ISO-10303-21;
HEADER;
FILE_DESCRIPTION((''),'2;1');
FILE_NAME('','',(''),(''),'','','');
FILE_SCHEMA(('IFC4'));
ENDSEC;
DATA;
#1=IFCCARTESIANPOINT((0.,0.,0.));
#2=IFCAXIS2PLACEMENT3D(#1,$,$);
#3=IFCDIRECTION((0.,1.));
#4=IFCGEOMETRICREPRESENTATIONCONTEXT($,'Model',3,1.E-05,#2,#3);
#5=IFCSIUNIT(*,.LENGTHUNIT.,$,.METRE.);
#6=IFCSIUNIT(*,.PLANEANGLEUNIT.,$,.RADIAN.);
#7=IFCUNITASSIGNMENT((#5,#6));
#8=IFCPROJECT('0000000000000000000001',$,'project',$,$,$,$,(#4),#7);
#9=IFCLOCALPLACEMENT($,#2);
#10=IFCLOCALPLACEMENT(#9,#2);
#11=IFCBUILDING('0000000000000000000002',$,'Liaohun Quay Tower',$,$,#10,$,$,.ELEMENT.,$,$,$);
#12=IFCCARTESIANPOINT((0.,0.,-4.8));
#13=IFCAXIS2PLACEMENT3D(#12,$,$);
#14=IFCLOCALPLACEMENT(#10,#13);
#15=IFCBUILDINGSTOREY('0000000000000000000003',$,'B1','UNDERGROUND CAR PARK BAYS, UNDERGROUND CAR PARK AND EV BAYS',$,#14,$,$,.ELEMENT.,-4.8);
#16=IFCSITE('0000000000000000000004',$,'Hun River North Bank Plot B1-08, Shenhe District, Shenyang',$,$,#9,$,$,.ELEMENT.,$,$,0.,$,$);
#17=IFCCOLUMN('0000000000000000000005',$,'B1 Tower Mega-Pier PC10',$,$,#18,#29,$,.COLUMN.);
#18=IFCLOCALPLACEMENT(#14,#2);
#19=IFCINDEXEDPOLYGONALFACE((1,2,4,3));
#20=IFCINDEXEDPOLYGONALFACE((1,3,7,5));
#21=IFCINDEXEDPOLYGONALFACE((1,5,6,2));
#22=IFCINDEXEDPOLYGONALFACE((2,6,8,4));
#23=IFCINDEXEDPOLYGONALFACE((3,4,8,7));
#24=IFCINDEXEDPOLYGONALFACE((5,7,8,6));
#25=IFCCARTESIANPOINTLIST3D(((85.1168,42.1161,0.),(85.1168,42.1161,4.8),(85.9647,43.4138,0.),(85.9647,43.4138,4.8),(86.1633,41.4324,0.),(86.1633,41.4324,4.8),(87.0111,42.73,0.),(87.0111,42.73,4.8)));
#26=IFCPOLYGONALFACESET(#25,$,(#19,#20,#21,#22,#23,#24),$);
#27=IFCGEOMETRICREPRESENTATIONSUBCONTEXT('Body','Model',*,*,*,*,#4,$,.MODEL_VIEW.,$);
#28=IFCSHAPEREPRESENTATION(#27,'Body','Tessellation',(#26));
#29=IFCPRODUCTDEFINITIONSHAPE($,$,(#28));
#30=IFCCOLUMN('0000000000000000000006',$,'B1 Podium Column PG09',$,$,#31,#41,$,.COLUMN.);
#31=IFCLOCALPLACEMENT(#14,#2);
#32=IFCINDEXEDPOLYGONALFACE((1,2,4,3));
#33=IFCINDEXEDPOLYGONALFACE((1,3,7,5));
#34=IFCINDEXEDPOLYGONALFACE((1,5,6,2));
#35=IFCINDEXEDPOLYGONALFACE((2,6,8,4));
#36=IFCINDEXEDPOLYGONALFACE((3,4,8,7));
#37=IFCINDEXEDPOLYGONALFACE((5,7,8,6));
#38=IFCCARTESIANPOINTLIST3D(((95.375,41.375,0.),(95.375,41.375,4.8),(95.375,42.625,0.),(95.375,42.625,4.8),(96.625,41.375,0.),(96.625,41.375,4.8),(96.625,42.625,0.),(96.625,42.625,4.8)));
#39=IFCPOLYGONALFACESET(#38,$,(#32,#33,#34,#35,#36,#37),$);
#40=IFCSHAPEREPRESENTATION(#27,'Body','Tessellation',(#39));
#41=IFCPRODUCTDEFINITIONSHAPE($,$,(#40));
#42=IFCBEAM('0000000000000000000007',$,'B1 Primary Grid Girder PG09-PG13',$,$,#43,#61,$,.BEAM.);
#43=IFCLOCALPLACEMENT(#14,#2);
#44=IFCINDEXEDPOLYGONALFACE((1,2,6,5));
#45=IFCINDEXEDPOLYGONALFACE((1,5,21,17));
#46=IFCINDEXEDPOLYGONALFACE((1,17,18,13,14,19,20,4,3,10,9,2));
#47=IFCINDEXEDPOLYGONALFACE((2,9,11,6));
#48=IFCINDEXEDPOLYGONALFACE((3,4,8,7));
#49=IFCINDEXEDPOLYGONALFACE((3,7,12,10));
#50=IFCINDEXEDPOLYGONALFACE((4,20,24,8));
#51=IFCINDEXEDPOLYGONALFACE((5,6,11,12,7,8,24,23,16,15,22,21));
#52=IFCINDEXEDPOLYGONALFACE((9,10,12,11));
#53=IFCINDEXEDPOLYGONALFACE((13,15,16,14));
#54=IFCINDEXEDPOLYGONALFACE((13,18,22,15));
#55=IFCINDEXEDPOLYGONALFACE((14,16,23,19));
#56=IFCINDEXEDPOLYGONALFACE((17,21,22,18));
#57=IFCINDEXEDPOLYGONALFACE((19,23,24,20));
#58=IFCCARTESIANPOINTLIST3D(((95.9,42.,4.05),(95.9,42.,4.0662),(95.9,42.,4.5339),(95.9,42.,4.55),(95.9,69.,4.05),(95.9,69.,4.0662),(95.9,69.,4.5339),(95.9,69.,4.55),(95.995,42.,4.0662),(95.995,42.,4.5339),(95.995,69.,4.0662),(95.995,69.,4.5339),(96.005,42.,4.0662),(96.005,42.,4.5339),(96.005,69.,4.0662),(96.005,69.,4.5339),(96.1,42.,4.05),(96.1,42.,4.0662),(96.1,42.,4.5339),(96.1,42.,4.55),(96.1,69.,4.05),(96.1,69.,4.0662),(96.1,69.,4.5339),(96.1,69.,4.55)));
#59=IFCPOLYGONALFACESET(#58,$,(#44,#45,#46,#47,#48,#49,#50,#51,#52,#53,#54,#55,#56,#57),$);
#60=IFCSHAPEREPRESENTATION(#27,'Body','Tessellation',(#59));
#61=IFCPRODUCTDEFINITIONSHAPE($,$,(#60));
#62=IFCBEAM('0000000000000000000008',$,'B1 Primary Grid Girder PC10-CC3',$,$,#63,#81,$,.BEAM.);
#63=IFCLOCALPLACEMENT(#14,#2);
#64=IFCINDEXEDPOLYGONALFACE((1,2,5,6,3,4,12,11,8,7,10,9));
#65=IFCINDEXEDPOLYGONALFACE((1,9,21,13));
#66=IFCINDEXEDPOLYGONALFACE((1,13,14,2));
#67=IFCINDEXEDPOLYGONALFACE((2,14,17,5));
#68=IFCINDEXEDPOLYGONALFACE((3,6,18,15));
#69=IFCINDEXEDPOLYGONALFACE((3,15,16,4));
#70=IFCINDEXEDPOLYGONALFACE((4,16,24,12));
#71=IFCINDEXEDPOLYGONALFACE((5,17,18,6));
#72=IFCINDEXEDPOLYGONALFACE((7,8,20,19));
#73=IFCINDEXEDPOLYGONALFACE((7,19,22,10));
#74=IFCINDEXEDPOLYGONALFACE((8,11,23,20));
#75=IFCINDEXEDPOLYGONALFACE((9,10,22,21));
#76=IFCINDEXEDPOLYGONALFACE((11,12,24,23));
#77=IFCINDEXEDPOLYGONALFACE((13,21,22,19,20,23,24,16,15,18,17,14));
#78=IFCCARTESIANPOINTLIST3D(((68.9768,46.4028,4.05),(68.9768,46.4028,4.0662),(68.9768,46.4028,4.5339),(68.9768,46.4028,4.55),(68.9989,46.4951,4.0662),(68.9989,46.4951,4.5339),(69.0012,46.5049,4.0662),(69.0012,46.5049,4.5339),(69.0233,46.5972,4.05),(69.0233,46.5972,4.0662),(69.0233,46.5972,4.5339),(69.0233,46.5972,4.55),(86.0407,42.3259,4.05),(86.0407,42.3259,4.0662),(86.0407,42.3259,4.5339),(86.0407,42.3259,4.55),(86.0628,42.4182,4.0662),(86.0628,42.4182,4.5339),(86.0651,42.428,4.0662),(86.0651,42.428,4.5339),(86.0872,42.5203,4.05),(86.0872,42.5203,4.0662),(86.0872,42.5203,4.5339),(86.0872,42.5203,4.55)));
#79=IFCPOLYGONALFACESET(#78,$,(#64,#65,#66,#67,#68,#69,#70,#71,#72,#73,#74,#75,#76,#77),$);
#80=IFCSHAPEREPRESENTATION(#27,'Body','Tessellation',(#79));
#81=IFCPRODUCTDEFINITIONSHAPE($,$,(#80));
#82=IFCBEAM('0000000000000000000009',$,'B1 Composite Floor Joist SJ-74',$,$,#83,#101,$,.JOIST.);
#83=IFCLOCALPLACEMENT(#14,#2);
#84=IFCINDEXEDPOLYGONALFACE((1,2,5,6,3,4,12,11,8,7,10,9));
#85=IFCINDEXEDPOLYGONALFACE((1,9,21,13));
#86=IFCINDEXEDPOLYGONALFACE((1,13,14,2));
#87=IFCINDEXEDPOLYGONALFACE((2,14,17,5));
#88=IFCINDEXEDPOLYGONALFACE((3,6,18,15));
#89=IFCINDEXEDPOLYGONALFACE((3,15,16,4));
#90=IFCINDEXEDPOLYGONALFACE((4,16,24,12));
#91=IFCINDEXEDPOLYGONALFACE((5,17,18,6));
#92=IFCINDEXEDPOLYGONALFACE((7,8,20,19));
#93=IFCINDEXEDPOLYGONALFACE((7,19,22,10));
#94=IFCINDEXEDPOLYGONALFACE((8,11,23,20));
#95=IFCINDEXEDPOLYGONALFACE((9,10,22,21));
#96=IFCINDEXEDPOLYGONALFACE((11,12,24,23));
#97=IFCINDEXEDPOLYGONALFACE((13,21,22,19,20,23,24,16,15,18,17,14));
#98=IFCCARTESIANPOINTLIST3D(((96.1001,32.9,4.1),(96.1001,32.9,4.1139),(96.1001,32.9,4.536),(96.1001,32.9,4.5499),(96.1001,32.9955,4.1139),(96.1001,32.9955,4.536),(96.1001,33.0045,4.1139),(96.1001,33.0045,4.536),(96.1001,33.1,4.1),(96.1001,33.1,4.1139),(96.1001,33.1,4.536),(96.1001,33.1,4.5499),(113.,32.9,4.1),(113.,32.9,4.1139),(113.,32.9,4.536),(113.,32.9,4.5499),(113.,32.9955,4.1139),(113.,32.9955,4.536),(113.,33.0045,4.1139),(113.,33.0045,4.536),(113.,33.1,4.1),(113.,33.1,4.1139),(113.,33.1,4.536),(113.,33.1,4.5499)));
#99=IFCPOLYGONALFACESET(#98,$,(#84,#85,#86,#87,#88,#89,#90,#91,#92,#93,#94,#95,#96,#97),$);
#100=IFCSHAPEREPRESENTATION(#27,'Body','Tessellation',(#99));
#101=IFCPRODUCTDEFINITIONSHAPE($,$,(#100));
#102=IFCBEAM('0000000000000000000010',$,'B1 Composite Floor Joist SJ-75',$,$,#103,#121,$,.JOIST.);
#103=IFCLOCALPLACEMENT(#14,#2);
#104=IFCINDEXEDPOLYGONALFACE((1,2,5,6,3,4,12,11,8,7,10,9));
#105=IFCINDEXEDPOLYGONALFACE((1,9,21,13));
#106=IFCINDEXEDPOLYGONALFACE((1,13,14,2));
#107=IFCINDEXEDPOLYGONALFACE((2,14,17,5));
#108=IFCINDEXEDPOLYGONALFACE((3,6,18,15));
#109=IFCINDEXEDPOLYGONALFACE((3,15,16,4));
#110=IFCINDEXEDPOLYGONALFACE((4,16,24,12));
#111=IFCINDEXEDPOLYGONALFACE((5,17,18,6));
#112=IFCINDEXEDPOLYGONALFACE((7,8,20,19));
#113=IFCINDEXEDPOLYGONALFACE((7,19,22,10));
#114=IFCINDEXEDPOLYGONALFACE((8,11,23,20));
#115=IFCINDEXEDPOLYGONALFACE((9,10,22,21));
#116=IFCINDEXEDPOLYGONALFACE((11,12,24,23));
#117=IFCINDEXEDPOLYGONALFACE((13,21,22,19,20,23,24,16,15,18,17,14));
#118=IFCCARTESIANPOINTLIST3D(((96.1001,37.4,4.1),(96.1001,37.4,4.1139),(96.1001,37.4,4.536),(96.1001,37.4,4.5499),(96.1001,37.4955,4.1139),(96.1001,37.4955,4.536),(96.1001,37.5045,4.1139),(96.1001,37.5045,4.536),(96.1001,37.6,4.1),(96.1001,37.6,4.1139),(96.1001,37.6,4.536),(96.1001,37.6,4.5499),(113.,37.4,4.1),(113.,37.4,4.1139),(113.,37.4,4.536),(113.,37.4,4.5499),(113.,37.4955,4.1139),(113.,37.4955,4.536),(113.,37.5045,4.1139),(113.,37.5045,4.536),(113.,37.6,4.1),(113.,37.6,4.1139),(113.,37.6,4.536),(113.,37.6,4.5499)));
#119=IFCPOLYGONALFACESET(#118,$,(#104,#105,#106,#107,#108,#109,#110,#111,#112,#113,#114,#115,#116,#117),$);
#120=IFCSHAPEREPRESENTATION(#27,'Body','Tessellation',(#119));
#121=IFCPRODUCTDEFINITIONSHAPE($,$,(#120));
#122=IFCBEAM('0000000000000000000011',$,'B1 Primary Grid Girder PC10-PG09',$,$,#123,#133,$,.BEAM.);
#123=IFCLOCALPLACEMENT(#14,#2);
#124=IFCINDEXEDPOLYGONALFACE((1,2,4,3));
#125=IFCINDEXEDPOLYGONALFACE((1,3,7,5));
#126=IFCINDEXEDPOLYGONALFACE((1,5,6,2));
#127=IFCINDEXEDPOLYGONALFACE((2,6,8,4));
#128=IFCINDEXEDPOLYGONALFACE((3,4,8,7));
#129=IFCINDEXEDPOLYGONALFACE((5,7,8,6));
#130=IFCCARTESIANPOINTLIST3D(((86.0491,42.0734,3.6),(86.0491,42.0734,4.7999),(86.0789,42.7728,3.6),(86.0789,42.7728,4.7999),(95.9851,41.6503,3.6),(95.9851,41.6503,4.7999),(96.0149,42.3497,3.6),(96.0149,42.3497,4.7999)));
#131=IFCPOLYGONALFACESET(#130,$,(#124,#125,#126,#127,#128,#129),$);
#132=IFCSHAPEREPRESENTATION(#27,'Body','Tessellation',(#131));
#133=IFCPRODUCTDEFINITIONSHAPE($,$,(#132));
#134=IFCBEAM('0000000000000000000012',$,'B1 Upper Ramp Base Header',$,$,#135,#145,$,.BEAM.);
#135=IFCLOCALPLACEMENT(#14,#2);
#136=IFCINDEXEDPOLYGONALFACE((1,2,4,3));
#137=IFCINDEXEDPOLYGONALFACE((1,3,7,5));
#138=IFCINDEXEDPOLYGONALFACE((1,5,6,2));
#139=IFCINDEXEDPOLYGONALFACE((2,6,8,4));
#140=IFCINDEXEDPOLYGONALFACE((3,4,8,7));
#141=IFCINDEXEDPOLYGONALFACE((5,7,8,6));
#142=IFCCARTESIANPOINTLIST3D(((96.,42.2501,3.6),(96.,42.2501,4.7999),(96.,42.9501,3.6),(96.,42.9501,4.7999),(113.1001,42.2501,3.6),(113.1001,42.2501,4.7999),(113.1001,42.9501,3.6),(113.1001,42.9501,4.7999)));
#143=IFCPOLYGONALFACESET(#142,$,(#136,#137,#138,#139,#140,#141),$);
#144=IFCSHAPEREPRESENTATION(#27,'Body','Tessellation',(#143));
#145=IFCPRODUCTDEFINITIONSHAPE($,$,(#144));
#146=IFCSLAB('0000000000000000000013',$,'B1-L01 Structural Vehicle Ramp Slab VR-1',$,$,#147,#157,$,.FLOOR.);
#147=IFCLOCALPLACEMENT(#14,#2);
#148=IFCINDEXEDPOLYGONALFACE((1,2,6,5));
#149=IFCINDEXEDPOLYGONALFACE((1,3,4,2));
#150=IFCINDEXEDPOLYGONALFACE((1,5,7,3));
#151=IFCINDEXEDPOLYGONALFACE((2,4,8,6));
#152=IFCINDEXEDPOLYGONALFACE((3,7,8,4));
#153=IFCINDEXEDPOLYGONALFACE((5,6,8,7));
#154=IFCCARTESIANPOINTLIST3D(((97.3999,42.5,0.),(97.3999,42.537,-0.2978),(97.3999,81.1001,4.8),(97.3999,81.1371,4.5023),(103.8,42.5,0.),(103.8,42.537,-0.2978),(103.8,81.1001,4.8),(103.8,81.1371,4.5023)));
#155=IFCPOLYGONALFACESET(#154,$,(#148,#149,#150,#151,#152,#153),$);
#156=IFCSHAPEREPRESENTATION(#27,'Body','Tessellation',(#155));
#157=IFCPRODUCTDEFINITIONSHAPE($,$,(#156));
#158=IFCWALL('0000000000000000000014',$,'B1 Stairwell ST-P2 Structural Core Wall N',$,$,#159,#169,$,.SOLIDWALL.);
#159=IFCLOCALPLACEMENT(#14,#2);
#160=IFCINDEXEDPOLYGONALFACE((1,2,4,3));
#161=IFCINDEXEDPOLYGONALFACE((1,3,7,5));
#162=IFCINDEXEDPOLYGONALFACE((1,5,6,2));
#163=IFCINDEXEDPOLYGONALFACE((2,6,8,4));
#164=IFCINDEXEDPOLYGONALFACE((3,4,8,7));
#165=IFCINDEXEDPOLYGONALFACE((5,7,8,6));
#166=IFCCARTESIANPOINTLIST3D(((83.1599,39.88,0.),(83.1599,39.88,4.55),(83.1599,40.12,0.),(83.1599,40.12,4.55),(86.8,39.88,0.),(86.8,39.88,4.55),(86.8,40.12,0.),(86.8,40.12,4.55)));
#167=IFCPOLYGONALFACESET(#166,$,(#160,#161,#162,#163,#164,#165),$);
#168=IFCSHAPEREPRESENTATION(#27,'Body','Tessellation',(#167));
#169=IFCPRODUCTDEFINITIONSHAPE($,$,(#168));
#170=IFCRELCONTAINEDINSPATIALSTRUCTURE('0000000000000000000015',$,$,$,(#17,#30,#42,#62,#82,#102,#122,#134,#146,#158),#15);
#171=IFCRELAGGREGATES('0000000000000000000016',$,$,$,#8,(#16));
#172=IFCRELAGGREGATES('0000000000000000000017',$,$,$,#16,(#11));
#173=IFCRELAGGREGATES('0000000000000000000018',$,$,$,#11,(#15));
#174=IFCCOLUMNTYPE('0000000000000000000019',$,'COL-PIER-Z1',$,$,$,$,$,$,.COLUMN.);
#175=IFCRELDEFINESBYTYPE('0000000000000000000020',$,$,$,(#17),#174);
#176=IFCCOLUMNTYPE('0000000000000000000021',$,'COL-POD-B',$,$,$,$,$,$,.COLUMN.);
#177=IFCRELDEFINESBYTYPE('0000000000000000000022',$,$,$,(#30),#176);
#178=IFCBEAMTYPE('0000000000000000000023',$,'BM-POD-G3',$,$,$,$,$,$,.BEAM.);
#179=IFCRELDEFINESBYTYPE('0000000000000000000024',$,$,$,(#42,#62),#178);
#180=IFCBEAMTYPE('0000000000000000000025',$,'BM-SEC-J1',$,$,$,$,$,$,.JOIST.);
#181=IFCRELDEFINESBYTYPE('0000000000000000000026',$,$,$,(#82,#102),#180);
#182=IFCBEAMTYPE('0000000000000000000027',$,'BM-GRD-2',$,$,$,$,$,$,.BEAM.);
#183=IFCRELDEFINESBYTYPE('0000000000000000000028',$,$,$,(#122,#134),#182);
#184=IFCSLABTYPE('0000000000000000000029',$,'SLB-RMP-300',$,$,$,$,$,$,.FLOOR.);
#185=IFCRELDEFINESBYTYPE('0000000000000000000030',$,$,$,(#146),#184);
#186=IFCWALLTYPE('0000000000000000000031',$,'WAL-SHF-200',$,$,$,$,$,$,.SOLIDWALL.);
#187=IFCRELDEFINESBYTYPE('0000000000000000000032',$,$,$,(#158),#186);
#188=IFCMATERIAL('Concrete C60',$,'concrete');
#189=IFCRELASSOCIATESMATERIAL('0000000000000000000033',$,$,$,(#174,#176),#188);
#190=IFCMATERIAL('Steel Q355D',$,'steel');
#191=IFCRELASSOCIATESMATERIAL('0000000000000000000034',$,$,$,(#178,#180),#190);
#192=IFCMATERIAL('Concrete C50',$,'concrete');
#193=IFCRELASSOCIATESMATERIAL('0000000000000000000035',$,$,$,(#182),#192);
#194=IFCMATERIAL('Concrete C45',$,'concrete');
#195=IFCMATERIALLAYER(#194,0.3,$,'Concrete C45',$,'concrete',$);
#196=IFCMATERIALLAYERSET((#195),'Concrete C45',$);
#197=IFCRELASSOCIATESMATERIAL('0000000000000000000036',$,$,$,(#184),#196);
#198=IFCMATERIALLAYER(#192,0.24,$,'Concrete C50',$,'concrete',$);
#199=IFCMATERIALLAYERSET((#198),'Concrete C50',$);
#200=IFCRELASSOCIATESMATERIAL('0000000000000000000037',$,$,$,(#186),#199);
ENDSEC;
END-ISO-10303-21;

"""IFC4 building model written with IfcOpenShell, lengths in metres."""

from ifc_helpers import new_model, si_unit, direction, frame, frame_2d, origin, origin_2d, place, context, subcontext, project, spatial, polyline, rectangle, i_section, outline, extrude, source, transform, mapped, material, layer, layer_set, material_profile, profile_set, type_object, element, save


model = new_model("IFC4")

# Units and contexts
model_context = context("Model", 3, precision=1e-05, world=origin(), true_north=direction((0.0, 1.0)))
body_context = subcontext(model_context, "Body", "Model", "MODEL_VIEW")
ifc_project = project(units=[si_unit("LENGTHUNIT", "METRE"), si_unit("PLANEANGLEUNIT", "RADIAN")], contexts=[model_context])

# Site, building, storey
site_placement = place(None, origin())
site = spatial("IfcSite", under=ifc_project, at=site_placement, Name="Hun River North Bank Plot B1-08, Shenhe District, Shenyang", CompositionType="ELEMENT", RefElevation=0.0)
building_placement = place(site_placement, origin())
building = spatial("IfcBuilding", under=site, at=building_placement, Name="Liaohun Quay Tower", CompositionType="ELEMENT")
storey_placement = place(building_placement, frame((0.0, 0.0, -4.8)))
storey = spatial("IfcBuildingStorey", under=building, at=storey_placement, Name="B1", Description="UNDERGROUND CAR PARK BAYS, UNDERGROUND CAR PARK AND EV BAYS", CompositionType="ELEMENT", Elevation=-4.8)

# Columns
ifc_material_1 = material(Name="Concrete C60", Category="concrete")
ifc_material_profile_1 = material_profile(ifc_material_1, rectangle(XDim=1.55, YDim=1.25, at=origin_2d()), Name="RC1550x1250")
ifc_profile_set_1 = profile_set([ifc_material_profile_1], Name="Concrete C60")
column_type_1 = type_object("IfcColumnType", Name="COL-PIER-Z1", PredefinedType="COLUMN", material=ifc_profile_set_1)
shared_shape_1 = source(origin(), body_context, "Body", "SweptSolid", [
    extrude(rectangle(XDim=1.55, YDim=1.25, at=origin_2d()), origin(), (0.0, 0.0, 1.0), 4.8),
])
column_1_placement = place(storey_placement, frame((86.064, 42.4231, 0.0), z_axis=(0.0, 0.0, 1.0), x_axis=(0.546979, 0.837146, 0.0)))
element("IfcColumn", 1, at=column_1_placement, inside=storey, type_object=column_type_1, Name="B1 Tower Mega-Pier PC10", PredefinedType="COLUMN", context=body_context, shape_type="MappedRepresentation", body=[
    mapped(shared_shape_1, transform((0.0, 0.0, 0.0), x_axis=(1.0, 0.0, 0.0), y_axis=(0.0, 1.0, 0.0), z_axis=(0.0, 0.0, 1.0), scale=1.0)),
])
ifc_material_profile_2 = material_profile(ifc_material_1, rectangle(XDim=1.25, YDim=1.25, at=origin_2d()), Name="RC1250x1250")
ifc_profile_set_2 = profile_set([ifc_material_profile_2], Name="Concrete C60")
column_type_2 = type_object("IfcColumnType", Name="COL-POD-B", PredefinedType="COLUMN", material=ifc_profile_set_2)
shared_shape_2 = source(origin(), body_context, "Body", "SweptSolid", [
    extrude(rectangle(XDim=1.25, YDim=1.25, at=origin_2d()), origin(), (0.0, 0.0, 1.0), 4.8),
])
column_2_placement = place(storey_placement, frame((96.0, 42.0, 0.0), z_axis=(0.0, 0.0, 1.0), x_axis=(1.0, 0.0, 0.0)))
element("IfcColumn", 2, at=column_2_placement, inside=storey, type_object=column_type_2, Name="B1 Podium Column PG09", PredefinedType="COLUMN", context=body_context, shape_type="MappedRepresentation", body=[
    mapped(shared_shape_2, transform((0.0, 0.0, 0.0), x_axis=(1.0, 0.0, 0.0), y_axis=(0.0, 1.0, 0.0), z_axis=(0.0, 0.0, 1.0), scale=1.0)),
])

# Beams
ifc_material_2 = material(Name="Steel Q355D", Category="steel")
ifc_material_profile_3 = material_profile(ifc_material_2, i_section(OverallWidth=0.2, OverallDepth=0.5, WebThickness=0.01, FlangeThickness=0.0161, at=origin_2d()), Name="HN500x200x10x16")
ifc_profile_set_3 = profile_set([ifc_material_profile_3], Name="Steel Q355D")
beam_type_1 = type_object("IfcBeamType", Name="BM-POD-G3", PredefinedType="BEAM", material=ifc_profile_set_3)
shared_shape_3 = source(origin(), body_context, "Body", "SweptSolid", [
    extrude(i_section(OverallWidth=0.2, OverallDepth=0.5, WebThickness=0.01, FlangeThickness=0.0161, at=origin_2d()), origin(), (0.0, 0.0, 1.0), 27.0),
])
beam_1_placement = place(storey_placement, frame((96.0, 42.0, 4.3), z_axis=(0.0, 1.0, 0.0), x_axis=(-1.0, 0.0, 0.0)))
element("IfcBeam", 3, at=beam_1_placement, inside=storey, type_object=beam_type_1, Name="B1 Primary Grid Girder PG09-PG13", PredefinedType="BEAM", context=body_context, shape_type="MappedRepresentation", body=[
    mapped(shared_shape_3, transform((0.0, 0.0, 0.0), x_axis=(1.0, 0.0, 0.0), y_axis=(0.0, 1.0, 0.0), z_axis=(0.0, 0.0, 1.0), scale=1.0)),
])
shared_shape_4 = source(origin(), body_context, "Body", "SweptSolid", [
    extrude(i_section(OverallWidth=0.2, OverallDepth=0.5, WebThickness=0.01, FlangeThickness=0.0161, at=origin_2d()), origin(), (0.0, 0.0, 1.0), 17.5442),
])
beam_2_placement = place(storey_placement, frame((86.064, 42.4231, 4.3), z_axis=(-0.972625, 0.232379, 0.0), x_axis=(-0.232379, -0.972625, 0.0)))
element("IfcBeam", 4, at=beam_2_placement, inside=storey, type_object=beam_type_1, Name="B1 Primary Grid Girder PC10-CC3", PredefinedType="BEAM", context=body_context, shape_type="MappedRepresentation", body=[
    mapped(shared_shape_4, transform((0.0, 0.0, 0.0), x_axis=(1.0, 0.0, 0.0), y_axis=(0.0, 1.0, 0.0), z_axis=(0.0, 0.0, 1.0), scale=1.0)),
])
ifc_material_profile_4 = material_profile(ifc_material_2, i_section(OverallWidth=0.2, OverallDepth=0.45, WebThickness=0.009, FlangeThickness=0.0139, at=origin_2d()), Name="HN450x200x9x14")
ifc_profile_set_4 = profile_set([ifc_material_profile_4], Name="Steel Q355D")
beam_type_2 = type_object("IfcBeamType", Name="BM-SEC-J1", PredefinedType="JOIST", material=ifc_profile_set_4)
shared_shape_5 = source(origin(), body_context, "Body", "SweptSolid", [
    extrude(i_section(OverallWidth=0.2, OverallDepth=0.45, WebThickness=0.009, FlangeThickness=0.0139, at=origin_2d()), origin(), (0.0, 0.0, 1.0), 16.8999),
])
for number, where, z_axis, x_axis, name in (
    (5, (96.1001, 33.0, 4.325), (1.0, 0.0, 0.0), (0.0, 1.0, 0.0), "B1 Composite Floor Joist SJ-74"),
    (6, (96.1001, 37.5, 4.325), (1.0, 0.0, 0.0), (0.0, 1.0, 0.0), "B1 Composite Floor Joist SJ-75"),
):
    element("IfcBeam", number, at=place(storey_placement, frame(where, z_axis=z_axis, x_axis=x_axis)), inside=storey, type_object=beam_type_2, Name=name, PredefinedType="JOIST", context=body_context, shape_type="MappedRepresentation", body=[
        mapped(shared_shape_5, transform((0.0, 0.0, 0.0), x_axis=(1.0, 0.0, 0.0), y_axis=(0.0, 1.0, 0.0), z_axis=(0.0, 0.0, 1.0), scale=1.0)),
    ])
ifc_material_3 = material(Name="Concrete C50", Category="concrete")
ifc_material_profile_5 = material_profile(ifc_material_3, rectangle(XDim=0.7, YDim=1.2, at=origin_2d()), Name="RC700x1200")
ifc_profile_set_5 = profile_set([ifc_material_profile_5], Name="Concrete C50")
beam_type_3 = type_object("IfcBeamType", Name="BM-GRD-2", PredefinedType="BEAM", material=ifc_profile_set_5)
shared_shape_6 = source(origin(), body_context, "Body", "SweptSolid", [
    extrude(rectangle(XDim=0.7, YDim=1.2, at=origin_2d()), origin(), (0.0, 0.0, 1.0), 9.9451),
])
beam_3_placement = place(storey_placement, frame((86.064, 42.4231, 4.2), z_axis=(0.999095, -0.042543, 0.0), x_axis=(0.042543, 0.999095, 0.0)))
element("IfcBeam", 7, at=beam_3_placement, inside=storey, type_object=beam_type_3, Name="B1 Primary Grid Girder PC10-PG09", PredefinedType="BEAM", context=body_context, shape_type="MappedRepresentation", body=[
    mapped(shared_shape_6, transform((0.0, 0.0, 0.0), x_axis=(1.0, 0.0, 0.0), y_axis=(0.0, 1.0, 0.0), z_axis=(0.0, 0.0, 1.0), scale=1.0)),
])
shared_shape_7 = source(origin(), body_context, "Body", "SweptSolid", [
    extrude(rectangle(XDim=0.7, YDim=1.2, at=origin_2d()), origin(), (0.0, 0.0, 1.0), 17.1001),
])
beam_4_placement = place(storey_placement, frame((96.0, 42.6001, 4.2), z_axis=(1.0, 0.0, 0.0), x_axis=(0.0, 1.0, 0.0)))
element("IfcBeam", 8, at=beam_4_placement, inside=storey, type_object=beam_type_3, Name="B1 Upper Ramp Base Header", PredefinedType="BEAM", context=body_context, shape_type="MappedRepresentation", body=[
    mapped(shared_shape_7, transform((0.0, 0.0, 0.0), x_axis=(1.0, 0.0, 0.0), y_axis=(0.0, 1.0, 0.0), z_axis=(0.0, 0.0, 1.0), scale=1.0)),
])

# Slab
ifc_material_4 = material(Name="Concrete C45", Category="concrete")
ifc_layer_1 = layer(ifc_material_4, 0.3, Name="Concrete C45", Category="concrete")
ifc_layer_set_1 = layer_set([ifc_layer_1], Name="Concrete C45")
slab_type = type_object("IfcSlabType", Name="SLB-RMP-300", PredefinedType="FLOOR", material=ifc_layer_set_1)
slab_placement = place(storey_placement, frame((97.3999, 42.5, 0.0), z_axis=(0.0, -0.123403, 0.992357), x_axis=(1.0, 0.0, 0.0)))
element("IfcSlab", 9, at=slab_placement, inside=storey, type_object=slab_type, Name="B1-L01 Structural Vehicle Ramp Slab VR-1", PredefinedType="FLOOR", context=body_context, shape_type="SweptSolid", body=[
    extrude(outline(polyline([(0.0, 0.0), (6.4001, 0.0), (6.4001, 38.8974), (0.0, 38.8974), (0.0, 0.0)])), origin(), (0.0, 0.0, -1.0), 0.3),
])

# Wall
ifc_layer_2 = layer(ifc_material_3, 0.24, Name="Concrete C50", Category="concrete")
ifc_layer_set_2 = layer_set([ifc_layer_2], Name="Concrete C50")
wall_type = type_object("IfcWallType", Name="WAL-SHF-200", PredefinedType="SOLIDWALL", material=ifc_layer_set_2)
wall_1_placement = place(storey_placement, frame((86.8, 40.0, 0.0), z_axis=(0.0, 0.0, 1.0), x_axis=(-1.0, 0.0, 0.0)))
element("IfcWall", 10, at=wall_1_placement, inside=storey, type_object=wall_type, Name="B1 Stairwell ST-P2 Structural Core Wall N", PredefinedType="SOLIDWALL", context=body_context, shape_type="SweptSolid", body=[
    extrude(rectangle(XDim=3.6401, YDim=0.24, at=frame_2d((1.8201, 0.0))), origin(), (0.0, 0.0, 1.0), 4.55),
])

save(model, "model.ifc")
